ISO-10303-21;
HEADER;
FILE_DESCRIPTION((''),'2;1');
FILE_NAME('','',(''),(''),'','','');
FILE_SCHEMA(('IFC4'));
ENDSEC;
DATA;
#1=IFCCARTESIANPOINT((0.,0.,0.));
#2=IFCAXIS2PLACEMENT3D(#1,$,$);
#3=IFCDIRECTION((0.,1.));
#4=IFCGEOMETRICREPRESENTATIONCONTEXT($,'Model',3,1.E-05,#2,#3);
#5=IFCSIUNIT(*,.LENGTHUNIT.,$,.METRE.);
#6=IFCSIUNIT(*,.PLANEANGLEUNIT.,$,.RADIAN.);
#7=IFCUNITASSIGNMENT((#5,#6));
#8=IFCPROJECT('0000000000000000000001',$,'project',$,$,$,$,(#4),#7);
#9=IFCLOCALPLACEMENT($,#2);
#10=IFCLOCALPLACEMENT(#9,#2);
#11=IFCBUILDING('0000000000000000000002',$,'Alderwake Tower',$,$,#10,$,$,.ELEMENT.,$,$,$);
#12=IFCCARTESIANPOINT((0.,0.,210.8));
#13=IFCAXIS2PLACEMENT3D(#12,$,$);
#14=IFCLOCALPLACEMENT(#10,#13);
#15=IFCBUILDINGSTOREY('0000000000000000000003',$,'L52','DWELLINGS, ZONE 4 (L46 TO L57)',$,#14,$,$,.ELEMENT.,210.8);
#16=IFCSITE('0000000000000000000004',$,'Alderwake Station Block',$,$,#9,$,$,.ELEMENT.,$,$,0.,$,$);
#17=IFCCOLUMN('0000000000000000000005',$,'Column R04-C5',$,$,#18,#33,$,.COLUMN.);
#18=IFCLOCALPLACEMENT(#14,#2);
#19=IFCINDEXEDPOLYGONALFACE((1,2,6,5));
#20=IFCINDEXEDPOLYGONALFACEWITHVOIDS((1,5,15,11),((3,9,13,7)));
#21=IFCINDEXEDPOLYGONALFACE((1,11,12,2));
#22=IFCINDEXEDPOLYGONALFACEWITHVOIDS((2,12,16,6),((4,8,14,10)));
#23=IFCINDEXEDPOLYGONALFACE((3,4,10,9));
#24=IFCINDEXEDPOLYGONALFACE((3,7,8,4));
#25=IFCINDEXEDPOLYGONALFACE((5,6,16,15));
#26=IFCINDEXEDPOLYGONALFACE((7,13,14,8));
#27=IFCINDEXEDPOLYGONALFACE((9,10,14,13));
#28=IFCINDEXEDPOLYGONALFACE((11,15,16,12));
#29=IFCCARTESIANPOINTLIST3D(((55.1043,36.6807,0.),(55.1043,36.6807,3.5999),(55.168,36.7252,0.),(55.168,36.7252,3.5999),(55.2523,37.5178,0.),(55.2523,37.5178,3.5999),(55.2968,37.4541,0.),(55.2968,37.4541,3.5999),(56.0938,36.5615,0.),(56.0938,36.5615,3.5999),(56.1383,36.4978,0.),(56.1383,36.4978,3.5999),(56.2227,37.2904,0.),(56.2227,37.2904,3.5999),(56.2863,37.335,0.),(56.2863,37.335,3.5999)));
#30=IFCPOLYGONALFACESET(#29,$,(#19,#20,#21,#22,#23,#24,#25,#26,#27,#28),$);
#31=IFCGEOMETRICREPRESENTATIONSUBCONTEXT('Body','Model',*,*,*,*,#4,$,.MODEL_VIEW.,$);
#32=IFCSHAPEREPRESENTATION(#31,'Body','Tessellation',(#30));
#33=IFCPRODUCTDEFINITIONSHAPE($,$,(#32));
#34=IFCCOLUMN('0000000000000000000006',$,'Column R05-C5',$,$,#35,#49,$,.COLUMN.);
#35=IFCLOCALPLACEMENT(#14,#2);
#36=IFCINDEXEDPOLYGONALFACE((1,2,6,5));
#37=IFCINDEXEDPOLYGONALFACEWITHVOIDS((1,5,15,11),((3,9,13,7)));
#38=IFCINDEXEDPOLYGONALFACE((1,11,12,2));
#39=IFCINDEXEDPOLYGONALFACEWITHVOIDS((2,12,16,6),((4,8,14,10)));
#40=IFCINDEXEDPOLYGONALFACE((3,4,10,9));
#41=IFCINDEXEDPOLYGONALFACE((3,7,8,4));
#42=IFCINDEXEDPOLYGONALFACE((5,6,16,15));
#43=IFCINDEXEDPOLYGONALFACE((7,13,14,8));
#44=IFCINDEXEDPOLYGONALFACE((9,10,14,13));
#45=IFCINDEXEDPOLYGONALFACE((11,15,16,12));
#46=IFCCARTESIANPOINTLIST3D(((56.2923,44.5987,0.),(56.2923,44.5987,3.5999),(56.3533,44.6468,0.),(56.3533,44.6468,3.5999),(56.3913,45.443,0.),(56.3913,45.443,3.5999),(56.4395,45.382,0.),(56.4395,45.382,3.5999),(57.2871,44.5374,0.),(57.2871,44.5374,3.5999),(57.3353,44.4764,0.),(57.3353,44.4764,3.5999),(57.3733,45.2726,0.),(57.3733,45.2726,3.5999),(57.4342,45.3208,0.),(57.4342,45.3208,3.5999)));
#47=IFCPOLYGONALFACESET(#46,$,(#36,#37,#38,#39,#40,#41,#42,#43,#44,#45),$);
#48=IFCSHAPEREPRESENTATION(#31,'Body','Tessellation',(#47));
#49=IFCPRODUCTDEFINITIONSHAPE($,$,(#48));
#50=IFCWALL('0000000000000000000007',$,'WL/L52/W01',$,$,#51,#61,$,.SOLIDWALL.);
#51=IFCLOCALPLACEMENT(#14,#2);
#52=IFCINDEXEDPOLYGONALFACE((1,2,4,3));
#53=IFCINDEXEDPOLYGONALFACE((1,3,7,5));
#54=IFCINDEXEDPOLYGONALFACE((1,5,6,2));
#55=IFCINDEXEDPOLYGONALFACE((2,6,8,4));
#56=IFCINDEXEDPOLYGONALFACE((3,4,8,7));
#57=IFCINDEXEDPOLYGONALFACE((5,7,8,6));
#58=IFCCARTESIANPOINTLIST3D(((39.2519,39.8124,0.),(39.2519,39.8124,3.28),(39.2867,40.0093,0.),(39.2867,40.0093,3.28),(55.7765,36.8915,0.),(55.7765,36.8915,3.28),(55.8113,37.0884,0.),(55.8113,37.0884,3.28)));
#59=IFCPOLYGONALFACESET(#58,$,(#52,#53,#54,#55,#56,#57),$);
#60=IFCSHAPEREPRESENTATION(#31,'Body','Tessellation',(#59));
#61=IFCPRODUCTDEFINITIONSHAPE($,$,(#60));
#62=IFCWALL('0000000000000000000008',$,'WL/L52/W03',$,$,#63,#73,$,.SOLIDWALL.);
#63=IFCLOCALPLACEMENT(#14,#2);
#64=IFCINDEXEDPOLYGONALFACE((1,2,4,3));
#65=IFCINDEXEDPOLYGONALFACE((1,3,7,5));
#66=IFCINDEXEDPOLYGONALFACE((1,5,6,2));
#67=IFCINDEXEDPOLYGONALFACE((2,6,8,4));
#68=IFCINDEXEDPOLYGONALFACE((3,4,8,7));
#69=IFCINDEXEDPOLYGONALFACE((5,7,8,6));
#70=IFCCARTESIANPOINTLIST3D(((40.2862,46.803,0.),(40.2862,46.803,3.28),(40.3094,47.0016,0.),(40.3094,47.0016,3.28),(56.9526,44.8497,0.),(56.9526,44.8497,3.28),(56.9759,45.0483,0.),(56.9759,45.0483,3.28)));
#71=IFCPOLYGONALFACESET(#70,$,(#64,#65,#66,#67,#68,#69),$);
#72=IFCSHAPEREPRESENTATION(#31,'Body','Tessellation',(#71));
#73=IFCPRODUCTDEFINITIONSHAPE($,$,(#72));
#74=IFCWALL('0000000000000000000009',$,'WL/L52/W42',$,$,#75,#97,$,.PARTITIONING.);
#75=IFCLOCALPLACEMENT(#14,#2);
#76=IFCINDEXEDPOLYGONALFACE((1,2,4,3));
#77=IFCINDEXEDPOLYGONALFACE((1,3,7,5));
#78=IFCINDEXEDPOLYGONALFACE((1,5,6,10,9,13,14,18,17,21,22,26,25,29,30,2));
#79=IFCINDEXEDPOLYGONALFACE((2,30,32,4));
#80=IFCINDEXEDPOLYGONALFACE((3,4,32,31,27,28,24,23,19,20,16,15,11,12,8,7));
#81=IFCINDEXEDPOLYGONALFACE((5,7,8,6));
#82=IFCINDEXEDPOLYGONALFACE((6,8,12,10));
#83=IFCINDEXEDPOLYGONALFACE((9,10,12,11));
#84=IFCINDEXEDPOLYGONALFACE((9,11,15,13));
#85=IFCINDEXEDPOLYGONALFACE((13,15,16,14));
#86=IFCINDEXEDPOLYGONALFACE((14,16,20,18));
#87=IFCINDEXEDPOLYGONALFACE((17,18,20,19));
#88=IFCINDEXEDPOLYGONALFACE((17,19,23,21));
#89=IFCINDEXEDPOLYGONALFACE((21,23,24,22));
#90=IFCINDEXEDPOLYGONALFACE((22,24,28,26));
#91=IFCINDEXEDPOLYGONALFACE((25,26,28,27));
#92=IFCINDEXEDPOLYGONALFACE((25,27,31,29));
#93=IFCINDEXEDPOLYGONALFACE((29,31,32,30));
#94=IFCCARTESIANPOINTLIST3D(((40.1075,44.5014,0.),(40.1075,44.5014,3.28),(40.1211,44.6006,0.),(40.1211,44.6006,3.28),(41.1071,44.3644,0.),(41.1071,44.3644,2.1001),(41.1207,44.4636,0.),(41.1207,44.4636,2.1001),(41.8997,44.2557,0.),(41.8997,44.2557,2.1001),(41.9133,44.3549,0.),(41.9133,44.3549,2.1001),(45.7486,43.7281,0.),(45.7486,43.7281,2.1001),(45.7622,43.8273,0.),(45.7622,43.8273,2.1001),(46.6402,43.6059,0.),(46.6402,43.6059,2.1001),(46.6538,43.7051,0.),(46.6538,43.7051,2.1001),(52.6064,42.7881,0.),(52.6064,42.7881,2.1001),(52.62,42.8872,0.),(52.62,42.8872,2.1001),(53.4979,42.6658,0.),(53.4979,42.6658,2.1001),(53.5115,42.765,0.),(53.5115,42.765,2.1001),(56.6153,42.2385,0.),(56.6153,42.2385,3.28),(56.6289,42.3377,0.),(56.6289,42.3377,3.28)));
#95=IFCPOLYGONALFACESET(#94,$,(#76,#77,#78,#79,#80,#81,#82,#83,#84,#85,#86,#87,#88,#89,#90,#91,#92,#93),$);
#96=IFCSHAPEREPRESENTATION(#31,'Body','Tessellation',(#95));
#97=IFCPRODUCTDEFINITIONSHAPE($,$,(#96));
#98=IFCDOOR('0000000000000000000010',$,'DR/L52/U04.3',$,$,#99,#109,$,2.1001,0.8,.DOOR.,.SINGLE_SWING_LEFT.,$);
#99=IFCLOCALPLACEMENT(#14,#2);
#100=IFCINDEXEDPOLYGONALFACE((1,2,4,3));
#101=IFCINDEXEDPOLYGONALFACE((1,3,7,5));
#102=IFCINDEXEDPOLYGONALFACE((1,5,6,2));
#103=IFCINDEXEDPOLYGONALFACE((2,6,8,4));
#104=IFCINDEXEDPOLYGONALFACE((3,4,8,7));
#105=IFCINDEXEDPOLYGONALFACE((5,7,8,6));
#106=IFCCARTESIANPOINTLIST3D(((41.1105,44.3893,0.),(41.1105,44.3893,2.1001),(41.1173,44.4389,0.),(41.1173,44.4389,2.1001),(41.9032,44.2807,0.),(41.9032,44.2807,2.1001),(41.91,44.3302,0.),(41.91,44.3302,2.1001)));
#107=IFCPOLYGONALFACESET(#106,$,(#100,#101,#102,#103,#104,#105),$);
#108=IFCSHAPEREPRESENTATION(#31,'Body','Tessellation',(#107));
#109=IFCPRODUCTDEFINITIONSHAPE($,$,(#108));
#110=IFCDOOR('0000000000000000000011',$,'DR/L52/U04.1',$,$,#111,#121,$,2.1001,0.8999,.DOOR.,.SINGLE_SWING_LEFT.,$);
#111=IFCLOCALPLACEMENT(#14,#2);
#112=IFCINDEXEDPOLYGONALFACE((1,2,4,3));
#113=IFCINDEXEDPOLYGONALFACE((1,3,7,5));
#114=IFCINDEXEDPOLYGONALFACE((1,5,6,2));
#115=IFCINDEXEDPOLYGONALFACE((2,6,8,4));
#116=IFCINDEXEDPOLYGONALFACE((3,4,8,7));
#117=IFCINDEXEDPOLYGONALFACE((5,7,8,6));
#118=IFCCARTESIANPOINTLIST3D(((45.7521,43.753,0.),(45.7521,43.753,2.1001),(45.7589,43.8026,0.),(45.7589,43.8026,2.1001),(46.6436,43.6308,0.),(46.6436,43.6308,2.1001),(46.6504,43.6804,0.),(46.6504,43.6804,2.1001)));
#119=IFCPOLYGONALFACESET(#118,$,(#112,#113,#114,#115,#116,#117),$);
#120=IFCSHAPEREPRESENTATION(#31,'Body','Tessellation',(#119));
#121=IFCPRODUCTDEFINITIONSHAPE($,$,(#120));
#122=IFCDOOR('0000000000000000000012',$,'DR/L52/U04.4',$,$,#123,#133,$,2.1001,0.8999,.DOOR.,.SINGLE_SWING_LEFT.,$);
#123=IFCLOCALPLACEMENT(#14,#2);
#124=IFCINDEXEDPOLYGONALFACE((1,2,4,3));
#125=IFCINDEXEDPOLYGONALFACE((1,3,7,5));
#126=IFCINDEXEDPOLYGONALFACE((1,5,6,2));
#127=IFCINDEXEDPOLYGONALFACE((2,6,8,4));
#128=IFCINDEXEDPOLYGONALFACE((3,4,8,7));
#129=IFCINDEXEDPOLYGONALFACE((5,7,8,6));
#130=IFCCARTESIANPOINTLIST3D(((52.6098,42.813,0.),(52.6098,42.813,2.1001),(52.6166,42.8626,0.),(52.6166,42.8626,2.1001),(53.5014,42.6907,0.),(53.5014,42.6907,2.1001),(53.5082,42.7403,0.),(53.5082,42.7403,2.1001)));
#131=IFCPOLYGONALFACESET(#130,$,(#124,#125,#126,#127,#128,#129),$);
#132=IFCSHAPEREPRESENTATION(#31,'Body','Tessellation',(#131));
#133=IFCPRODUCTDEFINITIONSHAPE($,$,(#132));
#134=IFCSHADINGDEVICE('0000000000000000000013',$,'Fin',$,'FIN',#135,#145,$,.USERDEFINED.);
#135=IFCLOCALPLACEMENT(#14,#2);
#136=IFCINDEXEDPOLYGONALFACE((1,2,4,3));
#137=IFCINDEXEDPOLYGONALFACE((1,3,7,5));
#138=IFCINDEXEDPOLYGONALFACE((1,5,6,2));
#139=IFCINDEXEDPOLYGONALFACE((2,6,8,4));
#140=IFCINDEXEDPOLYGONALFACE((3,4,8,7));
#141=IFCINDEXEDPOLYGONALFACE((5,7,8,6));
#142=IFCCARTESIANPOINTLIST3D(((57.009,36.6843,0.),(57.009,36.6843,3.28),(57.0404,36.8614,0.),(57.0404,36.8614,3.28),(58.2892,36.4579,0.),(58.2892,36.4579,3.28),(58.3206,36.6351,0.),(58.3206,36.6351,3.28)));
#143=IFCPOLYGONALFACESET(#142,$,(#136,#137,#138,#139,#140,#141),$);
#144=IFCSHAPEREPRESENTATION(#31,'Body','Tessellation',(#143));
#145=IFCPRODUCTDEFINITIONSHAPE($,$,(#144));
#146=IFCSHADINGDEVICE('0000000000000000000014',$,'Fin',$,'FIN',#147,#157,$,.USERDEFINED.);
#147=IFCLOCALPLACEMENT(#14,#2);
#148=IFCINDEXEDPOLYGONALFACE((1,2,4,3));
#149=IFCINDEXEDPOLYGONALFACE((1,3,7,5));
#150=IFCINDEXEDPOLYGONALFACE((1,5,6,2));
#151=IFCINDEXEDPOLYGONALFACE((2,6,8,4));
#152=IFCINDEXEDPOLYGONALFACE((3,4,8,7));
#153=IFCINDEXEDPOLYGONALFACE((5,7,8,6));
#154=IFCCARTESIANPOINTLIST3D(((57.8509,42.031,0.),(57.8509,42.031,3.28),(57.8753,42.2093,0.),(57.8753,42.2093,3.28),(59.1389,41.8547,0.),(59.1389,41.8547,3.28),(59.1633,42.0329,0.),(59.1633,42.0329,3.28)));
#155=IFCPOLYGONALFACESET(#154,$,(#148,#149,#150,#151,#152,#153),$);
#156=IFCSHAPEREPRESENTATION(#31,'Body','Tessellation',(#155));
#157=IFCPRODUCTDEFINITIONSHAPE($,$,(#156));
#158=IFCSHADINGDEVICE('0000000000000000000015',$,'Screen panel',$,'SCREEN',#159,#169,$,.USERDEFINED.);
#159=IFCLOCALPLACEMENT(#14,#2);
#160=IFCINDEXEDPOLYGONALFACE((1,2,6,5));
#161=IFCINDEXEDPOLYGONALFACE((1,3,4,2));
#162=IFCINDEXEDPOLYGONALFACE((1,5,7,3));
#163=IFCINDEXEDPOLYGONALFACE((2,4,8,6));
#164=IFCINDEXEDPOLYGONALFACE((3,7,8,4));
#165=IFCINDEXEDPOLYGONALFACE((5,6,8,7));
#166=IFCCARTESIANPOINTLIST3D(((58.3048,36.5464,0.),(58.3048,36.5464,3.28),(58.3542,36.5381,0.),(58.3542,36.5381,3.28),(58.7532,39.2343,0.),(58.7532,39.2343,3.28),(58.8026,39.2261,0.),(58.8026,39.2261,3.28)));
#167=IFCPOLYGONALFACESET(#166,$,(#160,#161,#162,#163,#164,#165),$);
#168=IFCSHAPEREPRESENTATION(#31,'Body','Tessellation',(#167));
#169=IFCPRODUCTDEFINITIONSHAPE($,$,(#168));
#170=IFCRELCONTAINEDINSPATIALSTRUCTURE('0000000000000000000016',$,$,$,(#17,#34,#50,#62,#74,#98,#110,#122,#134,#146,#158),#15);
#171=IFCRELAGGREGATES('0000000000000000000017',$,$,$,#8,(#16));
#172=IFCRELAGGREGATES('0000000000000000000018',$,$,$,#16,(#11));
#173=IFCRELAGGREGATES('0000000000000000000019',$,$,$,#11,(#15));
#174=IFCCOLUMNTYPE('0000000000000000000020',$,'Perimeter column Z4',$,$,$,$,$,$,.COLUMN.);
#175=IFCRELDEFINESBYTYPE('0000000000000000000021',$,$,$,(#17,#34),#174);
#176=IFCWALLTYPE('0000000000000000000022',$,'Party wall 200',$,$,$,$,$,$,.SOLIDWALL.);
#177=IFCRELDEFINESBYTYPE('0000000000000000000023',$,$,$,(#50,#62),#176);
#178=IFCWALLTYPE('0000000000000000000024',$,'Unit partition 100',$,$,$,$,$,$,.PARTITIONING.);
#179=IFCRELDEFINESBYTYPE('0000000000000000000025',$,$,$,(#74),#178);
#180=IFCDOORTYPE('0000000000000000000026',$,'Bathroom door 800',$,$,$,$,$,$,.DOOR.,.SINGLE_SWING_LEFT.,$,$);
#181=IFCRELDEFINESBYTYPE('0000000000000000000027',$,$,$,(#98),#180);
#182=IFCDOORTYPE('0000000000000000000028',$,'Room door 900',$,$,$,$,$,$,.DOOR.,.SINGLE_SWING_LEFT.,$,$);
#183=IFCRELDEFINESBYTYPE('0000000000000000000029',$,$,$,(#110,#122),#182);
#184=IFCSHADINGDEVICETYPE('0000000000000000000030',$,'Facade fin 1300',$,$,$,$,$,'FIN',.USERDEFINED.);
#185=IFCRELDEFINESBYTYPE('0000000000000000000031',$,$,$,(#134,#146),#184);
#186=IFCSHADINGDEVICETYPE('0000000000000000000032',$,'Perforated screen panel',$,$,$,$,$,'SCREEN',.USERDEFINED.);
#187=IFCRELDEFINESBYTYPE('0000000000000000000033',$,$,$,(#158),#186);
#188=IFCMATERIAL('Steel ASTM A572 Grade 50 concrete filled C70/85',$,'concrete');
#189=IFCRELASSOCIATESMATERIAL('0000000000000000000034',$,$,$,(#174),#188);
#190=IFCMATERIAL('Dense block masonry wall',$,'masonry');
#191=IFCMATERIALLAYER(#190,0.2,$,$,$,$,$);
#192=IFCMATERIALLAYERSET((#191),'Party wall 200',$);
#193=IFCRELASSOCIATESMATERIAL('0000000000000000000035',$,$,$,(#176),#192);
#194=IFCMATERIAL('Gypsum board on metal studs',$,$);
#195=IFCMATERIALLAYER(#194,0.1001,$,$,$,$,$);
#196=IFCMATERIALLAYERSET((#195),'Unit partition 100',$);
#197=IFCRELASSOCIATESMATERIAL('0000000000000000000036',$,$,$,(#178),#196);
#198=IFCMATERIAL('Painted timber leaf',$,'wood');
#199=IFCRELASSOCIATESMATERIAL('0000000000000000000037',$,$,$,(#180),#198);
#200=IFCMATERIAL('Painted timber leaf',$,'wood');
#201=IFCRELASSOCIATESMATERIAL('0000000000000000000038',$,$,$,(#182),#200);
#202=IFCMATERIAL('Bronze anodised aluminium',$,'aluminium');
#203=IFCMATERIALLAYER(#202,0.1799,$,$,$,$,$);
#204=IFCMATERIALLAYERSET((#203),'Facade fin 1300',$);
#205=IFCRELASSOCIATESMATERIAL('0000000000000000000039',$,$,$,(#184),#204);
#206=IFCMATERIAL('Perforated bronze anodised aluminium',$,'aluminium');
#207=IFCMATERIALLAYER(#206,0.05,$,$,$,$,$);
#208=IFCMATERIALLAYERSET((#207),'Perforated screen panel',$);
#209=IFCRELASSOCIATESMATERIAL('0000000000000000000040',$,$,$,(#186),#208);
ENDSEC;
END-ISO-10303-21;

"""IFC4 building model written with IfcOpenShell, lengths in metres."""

from ifc_helpers import new_model, si_unit, direction, frame, frame_2d, origin, origin_2d, place, context, subcontext, project, spatial, rectangle, hollow_rectangle, extrude, material, layer, layer_set, material_profile, profile_set, type_object, element, fill, save


model = new_model("IFC4")

# Units and contexts
model_context = context("Model", 3, precision=1e-05, world=origin(), true_north=direction((0.0, 1.0)))
body_context = subcontext(model_context, "Body", "Model", "MODEL_VIEW")
ifc_project = project(units=[si_unit("LENGTHUNIT", "METRE"), si_unit("PLANEANGLEUNIT", "RADIAN")], contexts=[model_context])

# Site, building, storey
site_placement = place(None, origin())
site = spatial("IfcSite", under=ifc_project, at=site_placement, Name="Alderwake Station Block", CompositionType="ELEMENT", RefElevation=0.0)
building_placement = place(site_placement, origin())
building = spatial("IfcBuilding", under=site, at=building_placement, Name="Alderwake Tower", CompositionType="ELEMENT")
storey_placement = place(building_placement, frame((0.0, 0.0, 210.8)))
storey = spatial("IfcBuildingStorey", under=building, at=storey_placement, Name="L52", Description="DWELLINGS, ZONE 4 (L46 TO L57)", CompositionType="ELEMENT", Elevation=210.8)

# Columns
ifc_material_1 = material(Name="Steel ASTM A572 Grade 50 concrete filled C70/85", Category="concrete")
ifc_material_profile = material_profile(ifc_material_1, hollow_rectangle(XDim=0.8501, YDim=1.05, WallThickness=0.0549, at=origin_2d()), Name="BOX 1050X850X55")
ifc_profile_set = profile_set([ifc_material_profile], Name="Steel ASTM A572 Grade 50 concrete filled C70/85")
column_type = type_object("IfcColumnType", Name="Perimeter column Z4", PredefinedType="COLUMN", material=ifc_profile_set)
for number, where, z_axis, x_axis, name in (
    (1, (55.6953, 37.0078, 0.0), (0.0, 0.0, 1.0), (0.174109, 0.984726, 0.0), "Column R04-C5"),
    (2, (56.8633, 44.9597, 0.0), (0.0, 0.0, 1.0), (0.116402, 0.993202, 0.0), "Column R05-C5"),
):
    element("IfcColumn", number, at=place(storey_placement, frame(where, z_axis=z_axis, x_axis=x_axis)), inside=storey, type_object=column_type, Name=name, PredefinedType="COLUMN", context=body_context, shape_type="SweptSolid", body=[
        extrude(hollow_rectangle(XDim=0.8501, YDim=1.05, WallThickness=0.0549, at=origin_2d()), origin(), (0.0, 0.0, 1.0), 3.5999),
    ])

# Walls
ifc_material_2 = material(Name="Dense block masonry wall", Category="masonry")
ifc_layer_1 = layer(ifc_material_2, 0.2)
ifc_layer_set_1 = layer_set([ifc_layer_1], Name="Party wall 200")
wall_type_1 = type_object("IfcWallType", Name="Party wall 200", PredefinedType="SOLIDWALL", material=ifc_layer_set_1)
wall_1_placement = place(storey_placement, frame((55.7939, 36.99, 0.0), z_axis=(0.0, 0.0, 1.0), x_axis=(-0.984735, 0.174062, 0.0)))
element("IfcWall", 3, at=wall_1_placement, inside=storey, type_object=wall_type_1, Name="WL/L52/W01", PredefinedType="SOLIDWALL", context=body_context, shape_type="SweptSolid", body=[
    extrude(rectangle(XDim=16.7808, YDim=0.2, at=frame_2d((8.3904, 0.0))), origin(), (0.0, 0.0, 1.0), 3.28),
])
wall_2_placement = place(storey_placement, frame((56.9641, 44.949, 0.0), z_axis=(0.0, 0.0, 1.0), x_axis=(-0.993202, 0.116407, 0.0)))
element("IfcWall", 4, at=wall_2_placement, inside=storey, type_object=wall_type_1, Name="WL/L52/W03", PredefinedType="SOLIDWALL", context=body_context, shape_type="SweptSolid", body=[
    extrude(rectangle(XDim=16.7805, YDim=0.2, at=frame_2d((8.3901, 0.0))), origin(), (0.0, 0.0, 1.0), 3.28),
])

# Wall, openings, doors
ifc_material_3 = material(Name="Gypsum board on metal studs")
ifc_layer_2 = layer(ifc_material_3, 0.1001)
ifc_layer_set_2 = layer_set([ifc_layer_2], Name="Unit partition 100")
wall_type_2 = type_object("IfcWallType", Name="Unit partition 100", PredefinedType="PARTITIONING", material=ifc_layer_set_2)
wall_3_placement = place(storey_placement, frame((56.6221, 42.2881, 0.0), z_axis=(0.0, 0.0, 1.0), x_axis=(-0.990735, 0.135813, 0.0)))
wall_3 = element("IfcWall", 5, at=wall_3_placement, inside=storey, type_object=wall_type_2, Name="WL/L52/W42", PredefinedType="PARTITIONING", context=body_context, shape_type="SweptSolid", body=[
    extrude(rectangle(XDim=16.6621, YDim=0.1001, at=frame_2d((8.3311, 0.0))), origin(), (0.0, 0.0, 1.0), 3.28),
])
opening_1_placement = place(wall_3_placement, frame((10.0684, 0.0, 0.0)))
opening_1 = element("IfcOpeningElement", 6, at=opening_1_placement, cuts=wall_3, PredefinedType="OPENING", context=body_context, shape_type="SweptSolid", body=[
    extrude(rectangle(XDim=0.8999, YDim=2.1001, at=frame_2d((0.45, 1.05))), frame((0.0, 0.0601, 0.0), z_axis=(0.0, -1.0, 0.0), x_axis=(1.0, 0.0, 0.0)), (0.0, 0.0, 1.0), 0.1201),
])
opening_2_placement = place(wall_3_placement, frame((14.8533, 0.0, 0.0)))
opening_2 = element("IfcOpeningElement", 7, at=opening_2_placement, cuts=wall_3, PredefinedType="OPENING", context=body_context, shape_type="SweptSolid", body=[
    extrude(rectangle(XDim=0.8, YDim=2.1001, at=frame_2d((0.3999, 1.05))), frame((0.0, 0.0601, 0.0), z_axis=(0.0, -1.0, 0.0), x_axis=(1.0, 0.0, 0.0)), (0.0, 0.0, 1.0), 0.1201),
])
opening_3_placement = place(wall_3_placement, frame((3.1465, 0.0, 0.0)))
opening_3 = element("IfcOpeningElement", 8, at=opening_3_placement, cuts=wall_3, PredefinedType="OPENING", context=body_context, shape_type="SweptSolid", body=[
    extrude(rectangle(XDim=0.8999, YDim=2.1001, at=frame_2d((0.45, 1.05))), frame((0.0, 0.0601, 0.0), z_axis=(0.0, -1.0, 0.0), x_axis=(1.0, 0.0, 0.0)), (0.0, 0.0, 1.0), 0.1201),
])
ifc_material_4 = material(Name="Painted timber leaf", Category="wood")
door_type_1 = type_object("IfcDoorType", Name="Bathroom door 800", OperationType="SINGLE_SWING_LEFT", PredefinedType="DOOR", material=ifc_material_4)
door_1_placement = place(opening_2_placement, origin())
door_1 = element("IfcDoor", 9, at=door_1_placement, inside=storey, type_object=door_type_1, Name="DR/L52/U04.3", OperationType="SINGLE_SWING_LEFT", OverallHeight=2.1001, OverallWidth=0.8, PredefinedType="DOOR", context=body_context, shape_type="SweptSolid", body=[
    extrude(rectangle(XDim=0.8, YDim=2.1001, at=frame_2d((0.3999, 1.05))), frame((0.0, 0.0249, 0.0), z_axis=(0.0, -1.0, 0.0), x_axis=(1.0, 0.0, 0.0)), (0.0, 0.0, 1.0), 0.05),
])
fill(opening_2, door_1)
ifc_material_5 = material(Name="Painted timber leaf", Category="wood")
door_type_2 = type_object("IfcDoorType", Name="Room door 900", OperationType="SINGLE_SWING_LEFT", PredefinedType="DOOR", material=ifc_material_5)
door_2_placement = place(opening_1_placement, origin())
door_2 = element("IfcDoor", 10, at=door_2_placement, inside=storey, type_object=door_type_2, Name="DR/L52/U04.1", OperationType="SINGLE_SWING_LEFT", OverallHeight=2.1001, OverallWidth=0.8999, PredefinedType="DOOR", context=body_context, shape_type="SweptSolid", body=[
    extrude(rectangle(XDim=0.8999, YDim=2.1001, at=frame_2d((0.45, 1.05))), frame((0.0, 0.0249, 0.0), z_axis=(0.0, -1.0, 0.0), x_axis=(1.0, 0.0, 0.0)), (0.0, 0.0, 1.0), 0.05),
])
fill(opening_1, door_2)
door_3_placement = place(opening_3_placement, origin())
door_3 = element("IfcDoor", 11, at=door_3_placement, inside=storey, type_object=door_type_2, Name="DR/L52/U04.4", OperationType="SINGLE_SWING_LEFT", OverallHeight=2.1001, OverallWidth=0.8999, PredefinedType="DOOR", context=body_context, shape_type="SweptSolid", body=[
    extrude(rectangle(XDim=0.8999, YDim=2.1001, at=frame_2d((0.45, 1.05))), frame((0.0, 0.0249, 0.0), z_axis=(0.0, -1.0, 0.0), x_axis=(1.0, 0.0, 0.0)), (0.0, 0.0, 1.0), 0.05),
])
fill(opening_3, door_3)

# Shading devices
ifc_material_6 = material(Name="Bronze anodised aluminium", Category="aluminium")
ifc_layer_3 = layer(ifc_material_6, 0.1799)
ifc_layer_set_3 = layer_set([ifc_layer_3], Name="Facade fin 1300")
shading_device_type_1 = type_object("IfcShadingDeviceType", Name="Facade fin 1300", ElementType="FIN", PredefinedType="USERDEFINED", material=ifc_layer_set_3)
for number, where, z_axis, x_axis, name in (
    (12, (57.6648, 36.6597, 0.0), (0.0, 0.0, 1.0), (0.984726, -0.174109, 0.0), "Fin"),
    (13, (58.5071, 42.032, 0.0), (0.0, 0.0, 1.0), (0.990753, -0.135681, 0.0), "Fin"),
):
    element("IfcShadingDevice", number, at=place(storey_placement, frame(where, z_axis=z_axis, x_axis=x_axis)), inside=storey, type_object=shading_device_type_1, Name=name, ObjectType="FIN", PredefinedType="USERDEFINED", context=body_context, shape_type="SweptSolid", body=[
        extrude(rectangle(XDim=1.3, YDim=0.1799, at=origin_2d()), origin(), (0.0, 0.0, 1.0), 3.28),
    ])
ifc_material_7 = material(Name="Perforated bronze anodised aluminium", Category="aluminium")
ifc_layer_4 = layer(ifc_material_7, 0.05)
ifc_layer_set_4 = layer_set([ifc_layer_4], Name="Perforated screen panel")
shading_device_type_2 = type_object("IfcShadingDeviceType", Name="Perforated screen panel", ElementType="SCREEN", PredefinedType="USERDEFINED", material=ifc_layer_set_4)
shading_device_placement = place(storey_placement, frame((58.5537, 37.8862, 0.0), z_axis=(0.0, 0.0, 1.0), x_axis=(0.986369, -0.164548, 0.0)))
element("IfcShadingDevice", 14, at=shading_device_placement, inside=storey, type_object=shading_device_type_2, Name="Screen panel", ObjectType="SCREEN", PredefinedType="USERDEFINED", context=body_context, shape_type="SweptSolid", body=[
    extrude(rectangle(XDim=0.05, YDim=2.7251, at=origin_2d()), origin(), (0.0, 0.0, 1.0), 3.28),
])

save(model, "model.ifc")
